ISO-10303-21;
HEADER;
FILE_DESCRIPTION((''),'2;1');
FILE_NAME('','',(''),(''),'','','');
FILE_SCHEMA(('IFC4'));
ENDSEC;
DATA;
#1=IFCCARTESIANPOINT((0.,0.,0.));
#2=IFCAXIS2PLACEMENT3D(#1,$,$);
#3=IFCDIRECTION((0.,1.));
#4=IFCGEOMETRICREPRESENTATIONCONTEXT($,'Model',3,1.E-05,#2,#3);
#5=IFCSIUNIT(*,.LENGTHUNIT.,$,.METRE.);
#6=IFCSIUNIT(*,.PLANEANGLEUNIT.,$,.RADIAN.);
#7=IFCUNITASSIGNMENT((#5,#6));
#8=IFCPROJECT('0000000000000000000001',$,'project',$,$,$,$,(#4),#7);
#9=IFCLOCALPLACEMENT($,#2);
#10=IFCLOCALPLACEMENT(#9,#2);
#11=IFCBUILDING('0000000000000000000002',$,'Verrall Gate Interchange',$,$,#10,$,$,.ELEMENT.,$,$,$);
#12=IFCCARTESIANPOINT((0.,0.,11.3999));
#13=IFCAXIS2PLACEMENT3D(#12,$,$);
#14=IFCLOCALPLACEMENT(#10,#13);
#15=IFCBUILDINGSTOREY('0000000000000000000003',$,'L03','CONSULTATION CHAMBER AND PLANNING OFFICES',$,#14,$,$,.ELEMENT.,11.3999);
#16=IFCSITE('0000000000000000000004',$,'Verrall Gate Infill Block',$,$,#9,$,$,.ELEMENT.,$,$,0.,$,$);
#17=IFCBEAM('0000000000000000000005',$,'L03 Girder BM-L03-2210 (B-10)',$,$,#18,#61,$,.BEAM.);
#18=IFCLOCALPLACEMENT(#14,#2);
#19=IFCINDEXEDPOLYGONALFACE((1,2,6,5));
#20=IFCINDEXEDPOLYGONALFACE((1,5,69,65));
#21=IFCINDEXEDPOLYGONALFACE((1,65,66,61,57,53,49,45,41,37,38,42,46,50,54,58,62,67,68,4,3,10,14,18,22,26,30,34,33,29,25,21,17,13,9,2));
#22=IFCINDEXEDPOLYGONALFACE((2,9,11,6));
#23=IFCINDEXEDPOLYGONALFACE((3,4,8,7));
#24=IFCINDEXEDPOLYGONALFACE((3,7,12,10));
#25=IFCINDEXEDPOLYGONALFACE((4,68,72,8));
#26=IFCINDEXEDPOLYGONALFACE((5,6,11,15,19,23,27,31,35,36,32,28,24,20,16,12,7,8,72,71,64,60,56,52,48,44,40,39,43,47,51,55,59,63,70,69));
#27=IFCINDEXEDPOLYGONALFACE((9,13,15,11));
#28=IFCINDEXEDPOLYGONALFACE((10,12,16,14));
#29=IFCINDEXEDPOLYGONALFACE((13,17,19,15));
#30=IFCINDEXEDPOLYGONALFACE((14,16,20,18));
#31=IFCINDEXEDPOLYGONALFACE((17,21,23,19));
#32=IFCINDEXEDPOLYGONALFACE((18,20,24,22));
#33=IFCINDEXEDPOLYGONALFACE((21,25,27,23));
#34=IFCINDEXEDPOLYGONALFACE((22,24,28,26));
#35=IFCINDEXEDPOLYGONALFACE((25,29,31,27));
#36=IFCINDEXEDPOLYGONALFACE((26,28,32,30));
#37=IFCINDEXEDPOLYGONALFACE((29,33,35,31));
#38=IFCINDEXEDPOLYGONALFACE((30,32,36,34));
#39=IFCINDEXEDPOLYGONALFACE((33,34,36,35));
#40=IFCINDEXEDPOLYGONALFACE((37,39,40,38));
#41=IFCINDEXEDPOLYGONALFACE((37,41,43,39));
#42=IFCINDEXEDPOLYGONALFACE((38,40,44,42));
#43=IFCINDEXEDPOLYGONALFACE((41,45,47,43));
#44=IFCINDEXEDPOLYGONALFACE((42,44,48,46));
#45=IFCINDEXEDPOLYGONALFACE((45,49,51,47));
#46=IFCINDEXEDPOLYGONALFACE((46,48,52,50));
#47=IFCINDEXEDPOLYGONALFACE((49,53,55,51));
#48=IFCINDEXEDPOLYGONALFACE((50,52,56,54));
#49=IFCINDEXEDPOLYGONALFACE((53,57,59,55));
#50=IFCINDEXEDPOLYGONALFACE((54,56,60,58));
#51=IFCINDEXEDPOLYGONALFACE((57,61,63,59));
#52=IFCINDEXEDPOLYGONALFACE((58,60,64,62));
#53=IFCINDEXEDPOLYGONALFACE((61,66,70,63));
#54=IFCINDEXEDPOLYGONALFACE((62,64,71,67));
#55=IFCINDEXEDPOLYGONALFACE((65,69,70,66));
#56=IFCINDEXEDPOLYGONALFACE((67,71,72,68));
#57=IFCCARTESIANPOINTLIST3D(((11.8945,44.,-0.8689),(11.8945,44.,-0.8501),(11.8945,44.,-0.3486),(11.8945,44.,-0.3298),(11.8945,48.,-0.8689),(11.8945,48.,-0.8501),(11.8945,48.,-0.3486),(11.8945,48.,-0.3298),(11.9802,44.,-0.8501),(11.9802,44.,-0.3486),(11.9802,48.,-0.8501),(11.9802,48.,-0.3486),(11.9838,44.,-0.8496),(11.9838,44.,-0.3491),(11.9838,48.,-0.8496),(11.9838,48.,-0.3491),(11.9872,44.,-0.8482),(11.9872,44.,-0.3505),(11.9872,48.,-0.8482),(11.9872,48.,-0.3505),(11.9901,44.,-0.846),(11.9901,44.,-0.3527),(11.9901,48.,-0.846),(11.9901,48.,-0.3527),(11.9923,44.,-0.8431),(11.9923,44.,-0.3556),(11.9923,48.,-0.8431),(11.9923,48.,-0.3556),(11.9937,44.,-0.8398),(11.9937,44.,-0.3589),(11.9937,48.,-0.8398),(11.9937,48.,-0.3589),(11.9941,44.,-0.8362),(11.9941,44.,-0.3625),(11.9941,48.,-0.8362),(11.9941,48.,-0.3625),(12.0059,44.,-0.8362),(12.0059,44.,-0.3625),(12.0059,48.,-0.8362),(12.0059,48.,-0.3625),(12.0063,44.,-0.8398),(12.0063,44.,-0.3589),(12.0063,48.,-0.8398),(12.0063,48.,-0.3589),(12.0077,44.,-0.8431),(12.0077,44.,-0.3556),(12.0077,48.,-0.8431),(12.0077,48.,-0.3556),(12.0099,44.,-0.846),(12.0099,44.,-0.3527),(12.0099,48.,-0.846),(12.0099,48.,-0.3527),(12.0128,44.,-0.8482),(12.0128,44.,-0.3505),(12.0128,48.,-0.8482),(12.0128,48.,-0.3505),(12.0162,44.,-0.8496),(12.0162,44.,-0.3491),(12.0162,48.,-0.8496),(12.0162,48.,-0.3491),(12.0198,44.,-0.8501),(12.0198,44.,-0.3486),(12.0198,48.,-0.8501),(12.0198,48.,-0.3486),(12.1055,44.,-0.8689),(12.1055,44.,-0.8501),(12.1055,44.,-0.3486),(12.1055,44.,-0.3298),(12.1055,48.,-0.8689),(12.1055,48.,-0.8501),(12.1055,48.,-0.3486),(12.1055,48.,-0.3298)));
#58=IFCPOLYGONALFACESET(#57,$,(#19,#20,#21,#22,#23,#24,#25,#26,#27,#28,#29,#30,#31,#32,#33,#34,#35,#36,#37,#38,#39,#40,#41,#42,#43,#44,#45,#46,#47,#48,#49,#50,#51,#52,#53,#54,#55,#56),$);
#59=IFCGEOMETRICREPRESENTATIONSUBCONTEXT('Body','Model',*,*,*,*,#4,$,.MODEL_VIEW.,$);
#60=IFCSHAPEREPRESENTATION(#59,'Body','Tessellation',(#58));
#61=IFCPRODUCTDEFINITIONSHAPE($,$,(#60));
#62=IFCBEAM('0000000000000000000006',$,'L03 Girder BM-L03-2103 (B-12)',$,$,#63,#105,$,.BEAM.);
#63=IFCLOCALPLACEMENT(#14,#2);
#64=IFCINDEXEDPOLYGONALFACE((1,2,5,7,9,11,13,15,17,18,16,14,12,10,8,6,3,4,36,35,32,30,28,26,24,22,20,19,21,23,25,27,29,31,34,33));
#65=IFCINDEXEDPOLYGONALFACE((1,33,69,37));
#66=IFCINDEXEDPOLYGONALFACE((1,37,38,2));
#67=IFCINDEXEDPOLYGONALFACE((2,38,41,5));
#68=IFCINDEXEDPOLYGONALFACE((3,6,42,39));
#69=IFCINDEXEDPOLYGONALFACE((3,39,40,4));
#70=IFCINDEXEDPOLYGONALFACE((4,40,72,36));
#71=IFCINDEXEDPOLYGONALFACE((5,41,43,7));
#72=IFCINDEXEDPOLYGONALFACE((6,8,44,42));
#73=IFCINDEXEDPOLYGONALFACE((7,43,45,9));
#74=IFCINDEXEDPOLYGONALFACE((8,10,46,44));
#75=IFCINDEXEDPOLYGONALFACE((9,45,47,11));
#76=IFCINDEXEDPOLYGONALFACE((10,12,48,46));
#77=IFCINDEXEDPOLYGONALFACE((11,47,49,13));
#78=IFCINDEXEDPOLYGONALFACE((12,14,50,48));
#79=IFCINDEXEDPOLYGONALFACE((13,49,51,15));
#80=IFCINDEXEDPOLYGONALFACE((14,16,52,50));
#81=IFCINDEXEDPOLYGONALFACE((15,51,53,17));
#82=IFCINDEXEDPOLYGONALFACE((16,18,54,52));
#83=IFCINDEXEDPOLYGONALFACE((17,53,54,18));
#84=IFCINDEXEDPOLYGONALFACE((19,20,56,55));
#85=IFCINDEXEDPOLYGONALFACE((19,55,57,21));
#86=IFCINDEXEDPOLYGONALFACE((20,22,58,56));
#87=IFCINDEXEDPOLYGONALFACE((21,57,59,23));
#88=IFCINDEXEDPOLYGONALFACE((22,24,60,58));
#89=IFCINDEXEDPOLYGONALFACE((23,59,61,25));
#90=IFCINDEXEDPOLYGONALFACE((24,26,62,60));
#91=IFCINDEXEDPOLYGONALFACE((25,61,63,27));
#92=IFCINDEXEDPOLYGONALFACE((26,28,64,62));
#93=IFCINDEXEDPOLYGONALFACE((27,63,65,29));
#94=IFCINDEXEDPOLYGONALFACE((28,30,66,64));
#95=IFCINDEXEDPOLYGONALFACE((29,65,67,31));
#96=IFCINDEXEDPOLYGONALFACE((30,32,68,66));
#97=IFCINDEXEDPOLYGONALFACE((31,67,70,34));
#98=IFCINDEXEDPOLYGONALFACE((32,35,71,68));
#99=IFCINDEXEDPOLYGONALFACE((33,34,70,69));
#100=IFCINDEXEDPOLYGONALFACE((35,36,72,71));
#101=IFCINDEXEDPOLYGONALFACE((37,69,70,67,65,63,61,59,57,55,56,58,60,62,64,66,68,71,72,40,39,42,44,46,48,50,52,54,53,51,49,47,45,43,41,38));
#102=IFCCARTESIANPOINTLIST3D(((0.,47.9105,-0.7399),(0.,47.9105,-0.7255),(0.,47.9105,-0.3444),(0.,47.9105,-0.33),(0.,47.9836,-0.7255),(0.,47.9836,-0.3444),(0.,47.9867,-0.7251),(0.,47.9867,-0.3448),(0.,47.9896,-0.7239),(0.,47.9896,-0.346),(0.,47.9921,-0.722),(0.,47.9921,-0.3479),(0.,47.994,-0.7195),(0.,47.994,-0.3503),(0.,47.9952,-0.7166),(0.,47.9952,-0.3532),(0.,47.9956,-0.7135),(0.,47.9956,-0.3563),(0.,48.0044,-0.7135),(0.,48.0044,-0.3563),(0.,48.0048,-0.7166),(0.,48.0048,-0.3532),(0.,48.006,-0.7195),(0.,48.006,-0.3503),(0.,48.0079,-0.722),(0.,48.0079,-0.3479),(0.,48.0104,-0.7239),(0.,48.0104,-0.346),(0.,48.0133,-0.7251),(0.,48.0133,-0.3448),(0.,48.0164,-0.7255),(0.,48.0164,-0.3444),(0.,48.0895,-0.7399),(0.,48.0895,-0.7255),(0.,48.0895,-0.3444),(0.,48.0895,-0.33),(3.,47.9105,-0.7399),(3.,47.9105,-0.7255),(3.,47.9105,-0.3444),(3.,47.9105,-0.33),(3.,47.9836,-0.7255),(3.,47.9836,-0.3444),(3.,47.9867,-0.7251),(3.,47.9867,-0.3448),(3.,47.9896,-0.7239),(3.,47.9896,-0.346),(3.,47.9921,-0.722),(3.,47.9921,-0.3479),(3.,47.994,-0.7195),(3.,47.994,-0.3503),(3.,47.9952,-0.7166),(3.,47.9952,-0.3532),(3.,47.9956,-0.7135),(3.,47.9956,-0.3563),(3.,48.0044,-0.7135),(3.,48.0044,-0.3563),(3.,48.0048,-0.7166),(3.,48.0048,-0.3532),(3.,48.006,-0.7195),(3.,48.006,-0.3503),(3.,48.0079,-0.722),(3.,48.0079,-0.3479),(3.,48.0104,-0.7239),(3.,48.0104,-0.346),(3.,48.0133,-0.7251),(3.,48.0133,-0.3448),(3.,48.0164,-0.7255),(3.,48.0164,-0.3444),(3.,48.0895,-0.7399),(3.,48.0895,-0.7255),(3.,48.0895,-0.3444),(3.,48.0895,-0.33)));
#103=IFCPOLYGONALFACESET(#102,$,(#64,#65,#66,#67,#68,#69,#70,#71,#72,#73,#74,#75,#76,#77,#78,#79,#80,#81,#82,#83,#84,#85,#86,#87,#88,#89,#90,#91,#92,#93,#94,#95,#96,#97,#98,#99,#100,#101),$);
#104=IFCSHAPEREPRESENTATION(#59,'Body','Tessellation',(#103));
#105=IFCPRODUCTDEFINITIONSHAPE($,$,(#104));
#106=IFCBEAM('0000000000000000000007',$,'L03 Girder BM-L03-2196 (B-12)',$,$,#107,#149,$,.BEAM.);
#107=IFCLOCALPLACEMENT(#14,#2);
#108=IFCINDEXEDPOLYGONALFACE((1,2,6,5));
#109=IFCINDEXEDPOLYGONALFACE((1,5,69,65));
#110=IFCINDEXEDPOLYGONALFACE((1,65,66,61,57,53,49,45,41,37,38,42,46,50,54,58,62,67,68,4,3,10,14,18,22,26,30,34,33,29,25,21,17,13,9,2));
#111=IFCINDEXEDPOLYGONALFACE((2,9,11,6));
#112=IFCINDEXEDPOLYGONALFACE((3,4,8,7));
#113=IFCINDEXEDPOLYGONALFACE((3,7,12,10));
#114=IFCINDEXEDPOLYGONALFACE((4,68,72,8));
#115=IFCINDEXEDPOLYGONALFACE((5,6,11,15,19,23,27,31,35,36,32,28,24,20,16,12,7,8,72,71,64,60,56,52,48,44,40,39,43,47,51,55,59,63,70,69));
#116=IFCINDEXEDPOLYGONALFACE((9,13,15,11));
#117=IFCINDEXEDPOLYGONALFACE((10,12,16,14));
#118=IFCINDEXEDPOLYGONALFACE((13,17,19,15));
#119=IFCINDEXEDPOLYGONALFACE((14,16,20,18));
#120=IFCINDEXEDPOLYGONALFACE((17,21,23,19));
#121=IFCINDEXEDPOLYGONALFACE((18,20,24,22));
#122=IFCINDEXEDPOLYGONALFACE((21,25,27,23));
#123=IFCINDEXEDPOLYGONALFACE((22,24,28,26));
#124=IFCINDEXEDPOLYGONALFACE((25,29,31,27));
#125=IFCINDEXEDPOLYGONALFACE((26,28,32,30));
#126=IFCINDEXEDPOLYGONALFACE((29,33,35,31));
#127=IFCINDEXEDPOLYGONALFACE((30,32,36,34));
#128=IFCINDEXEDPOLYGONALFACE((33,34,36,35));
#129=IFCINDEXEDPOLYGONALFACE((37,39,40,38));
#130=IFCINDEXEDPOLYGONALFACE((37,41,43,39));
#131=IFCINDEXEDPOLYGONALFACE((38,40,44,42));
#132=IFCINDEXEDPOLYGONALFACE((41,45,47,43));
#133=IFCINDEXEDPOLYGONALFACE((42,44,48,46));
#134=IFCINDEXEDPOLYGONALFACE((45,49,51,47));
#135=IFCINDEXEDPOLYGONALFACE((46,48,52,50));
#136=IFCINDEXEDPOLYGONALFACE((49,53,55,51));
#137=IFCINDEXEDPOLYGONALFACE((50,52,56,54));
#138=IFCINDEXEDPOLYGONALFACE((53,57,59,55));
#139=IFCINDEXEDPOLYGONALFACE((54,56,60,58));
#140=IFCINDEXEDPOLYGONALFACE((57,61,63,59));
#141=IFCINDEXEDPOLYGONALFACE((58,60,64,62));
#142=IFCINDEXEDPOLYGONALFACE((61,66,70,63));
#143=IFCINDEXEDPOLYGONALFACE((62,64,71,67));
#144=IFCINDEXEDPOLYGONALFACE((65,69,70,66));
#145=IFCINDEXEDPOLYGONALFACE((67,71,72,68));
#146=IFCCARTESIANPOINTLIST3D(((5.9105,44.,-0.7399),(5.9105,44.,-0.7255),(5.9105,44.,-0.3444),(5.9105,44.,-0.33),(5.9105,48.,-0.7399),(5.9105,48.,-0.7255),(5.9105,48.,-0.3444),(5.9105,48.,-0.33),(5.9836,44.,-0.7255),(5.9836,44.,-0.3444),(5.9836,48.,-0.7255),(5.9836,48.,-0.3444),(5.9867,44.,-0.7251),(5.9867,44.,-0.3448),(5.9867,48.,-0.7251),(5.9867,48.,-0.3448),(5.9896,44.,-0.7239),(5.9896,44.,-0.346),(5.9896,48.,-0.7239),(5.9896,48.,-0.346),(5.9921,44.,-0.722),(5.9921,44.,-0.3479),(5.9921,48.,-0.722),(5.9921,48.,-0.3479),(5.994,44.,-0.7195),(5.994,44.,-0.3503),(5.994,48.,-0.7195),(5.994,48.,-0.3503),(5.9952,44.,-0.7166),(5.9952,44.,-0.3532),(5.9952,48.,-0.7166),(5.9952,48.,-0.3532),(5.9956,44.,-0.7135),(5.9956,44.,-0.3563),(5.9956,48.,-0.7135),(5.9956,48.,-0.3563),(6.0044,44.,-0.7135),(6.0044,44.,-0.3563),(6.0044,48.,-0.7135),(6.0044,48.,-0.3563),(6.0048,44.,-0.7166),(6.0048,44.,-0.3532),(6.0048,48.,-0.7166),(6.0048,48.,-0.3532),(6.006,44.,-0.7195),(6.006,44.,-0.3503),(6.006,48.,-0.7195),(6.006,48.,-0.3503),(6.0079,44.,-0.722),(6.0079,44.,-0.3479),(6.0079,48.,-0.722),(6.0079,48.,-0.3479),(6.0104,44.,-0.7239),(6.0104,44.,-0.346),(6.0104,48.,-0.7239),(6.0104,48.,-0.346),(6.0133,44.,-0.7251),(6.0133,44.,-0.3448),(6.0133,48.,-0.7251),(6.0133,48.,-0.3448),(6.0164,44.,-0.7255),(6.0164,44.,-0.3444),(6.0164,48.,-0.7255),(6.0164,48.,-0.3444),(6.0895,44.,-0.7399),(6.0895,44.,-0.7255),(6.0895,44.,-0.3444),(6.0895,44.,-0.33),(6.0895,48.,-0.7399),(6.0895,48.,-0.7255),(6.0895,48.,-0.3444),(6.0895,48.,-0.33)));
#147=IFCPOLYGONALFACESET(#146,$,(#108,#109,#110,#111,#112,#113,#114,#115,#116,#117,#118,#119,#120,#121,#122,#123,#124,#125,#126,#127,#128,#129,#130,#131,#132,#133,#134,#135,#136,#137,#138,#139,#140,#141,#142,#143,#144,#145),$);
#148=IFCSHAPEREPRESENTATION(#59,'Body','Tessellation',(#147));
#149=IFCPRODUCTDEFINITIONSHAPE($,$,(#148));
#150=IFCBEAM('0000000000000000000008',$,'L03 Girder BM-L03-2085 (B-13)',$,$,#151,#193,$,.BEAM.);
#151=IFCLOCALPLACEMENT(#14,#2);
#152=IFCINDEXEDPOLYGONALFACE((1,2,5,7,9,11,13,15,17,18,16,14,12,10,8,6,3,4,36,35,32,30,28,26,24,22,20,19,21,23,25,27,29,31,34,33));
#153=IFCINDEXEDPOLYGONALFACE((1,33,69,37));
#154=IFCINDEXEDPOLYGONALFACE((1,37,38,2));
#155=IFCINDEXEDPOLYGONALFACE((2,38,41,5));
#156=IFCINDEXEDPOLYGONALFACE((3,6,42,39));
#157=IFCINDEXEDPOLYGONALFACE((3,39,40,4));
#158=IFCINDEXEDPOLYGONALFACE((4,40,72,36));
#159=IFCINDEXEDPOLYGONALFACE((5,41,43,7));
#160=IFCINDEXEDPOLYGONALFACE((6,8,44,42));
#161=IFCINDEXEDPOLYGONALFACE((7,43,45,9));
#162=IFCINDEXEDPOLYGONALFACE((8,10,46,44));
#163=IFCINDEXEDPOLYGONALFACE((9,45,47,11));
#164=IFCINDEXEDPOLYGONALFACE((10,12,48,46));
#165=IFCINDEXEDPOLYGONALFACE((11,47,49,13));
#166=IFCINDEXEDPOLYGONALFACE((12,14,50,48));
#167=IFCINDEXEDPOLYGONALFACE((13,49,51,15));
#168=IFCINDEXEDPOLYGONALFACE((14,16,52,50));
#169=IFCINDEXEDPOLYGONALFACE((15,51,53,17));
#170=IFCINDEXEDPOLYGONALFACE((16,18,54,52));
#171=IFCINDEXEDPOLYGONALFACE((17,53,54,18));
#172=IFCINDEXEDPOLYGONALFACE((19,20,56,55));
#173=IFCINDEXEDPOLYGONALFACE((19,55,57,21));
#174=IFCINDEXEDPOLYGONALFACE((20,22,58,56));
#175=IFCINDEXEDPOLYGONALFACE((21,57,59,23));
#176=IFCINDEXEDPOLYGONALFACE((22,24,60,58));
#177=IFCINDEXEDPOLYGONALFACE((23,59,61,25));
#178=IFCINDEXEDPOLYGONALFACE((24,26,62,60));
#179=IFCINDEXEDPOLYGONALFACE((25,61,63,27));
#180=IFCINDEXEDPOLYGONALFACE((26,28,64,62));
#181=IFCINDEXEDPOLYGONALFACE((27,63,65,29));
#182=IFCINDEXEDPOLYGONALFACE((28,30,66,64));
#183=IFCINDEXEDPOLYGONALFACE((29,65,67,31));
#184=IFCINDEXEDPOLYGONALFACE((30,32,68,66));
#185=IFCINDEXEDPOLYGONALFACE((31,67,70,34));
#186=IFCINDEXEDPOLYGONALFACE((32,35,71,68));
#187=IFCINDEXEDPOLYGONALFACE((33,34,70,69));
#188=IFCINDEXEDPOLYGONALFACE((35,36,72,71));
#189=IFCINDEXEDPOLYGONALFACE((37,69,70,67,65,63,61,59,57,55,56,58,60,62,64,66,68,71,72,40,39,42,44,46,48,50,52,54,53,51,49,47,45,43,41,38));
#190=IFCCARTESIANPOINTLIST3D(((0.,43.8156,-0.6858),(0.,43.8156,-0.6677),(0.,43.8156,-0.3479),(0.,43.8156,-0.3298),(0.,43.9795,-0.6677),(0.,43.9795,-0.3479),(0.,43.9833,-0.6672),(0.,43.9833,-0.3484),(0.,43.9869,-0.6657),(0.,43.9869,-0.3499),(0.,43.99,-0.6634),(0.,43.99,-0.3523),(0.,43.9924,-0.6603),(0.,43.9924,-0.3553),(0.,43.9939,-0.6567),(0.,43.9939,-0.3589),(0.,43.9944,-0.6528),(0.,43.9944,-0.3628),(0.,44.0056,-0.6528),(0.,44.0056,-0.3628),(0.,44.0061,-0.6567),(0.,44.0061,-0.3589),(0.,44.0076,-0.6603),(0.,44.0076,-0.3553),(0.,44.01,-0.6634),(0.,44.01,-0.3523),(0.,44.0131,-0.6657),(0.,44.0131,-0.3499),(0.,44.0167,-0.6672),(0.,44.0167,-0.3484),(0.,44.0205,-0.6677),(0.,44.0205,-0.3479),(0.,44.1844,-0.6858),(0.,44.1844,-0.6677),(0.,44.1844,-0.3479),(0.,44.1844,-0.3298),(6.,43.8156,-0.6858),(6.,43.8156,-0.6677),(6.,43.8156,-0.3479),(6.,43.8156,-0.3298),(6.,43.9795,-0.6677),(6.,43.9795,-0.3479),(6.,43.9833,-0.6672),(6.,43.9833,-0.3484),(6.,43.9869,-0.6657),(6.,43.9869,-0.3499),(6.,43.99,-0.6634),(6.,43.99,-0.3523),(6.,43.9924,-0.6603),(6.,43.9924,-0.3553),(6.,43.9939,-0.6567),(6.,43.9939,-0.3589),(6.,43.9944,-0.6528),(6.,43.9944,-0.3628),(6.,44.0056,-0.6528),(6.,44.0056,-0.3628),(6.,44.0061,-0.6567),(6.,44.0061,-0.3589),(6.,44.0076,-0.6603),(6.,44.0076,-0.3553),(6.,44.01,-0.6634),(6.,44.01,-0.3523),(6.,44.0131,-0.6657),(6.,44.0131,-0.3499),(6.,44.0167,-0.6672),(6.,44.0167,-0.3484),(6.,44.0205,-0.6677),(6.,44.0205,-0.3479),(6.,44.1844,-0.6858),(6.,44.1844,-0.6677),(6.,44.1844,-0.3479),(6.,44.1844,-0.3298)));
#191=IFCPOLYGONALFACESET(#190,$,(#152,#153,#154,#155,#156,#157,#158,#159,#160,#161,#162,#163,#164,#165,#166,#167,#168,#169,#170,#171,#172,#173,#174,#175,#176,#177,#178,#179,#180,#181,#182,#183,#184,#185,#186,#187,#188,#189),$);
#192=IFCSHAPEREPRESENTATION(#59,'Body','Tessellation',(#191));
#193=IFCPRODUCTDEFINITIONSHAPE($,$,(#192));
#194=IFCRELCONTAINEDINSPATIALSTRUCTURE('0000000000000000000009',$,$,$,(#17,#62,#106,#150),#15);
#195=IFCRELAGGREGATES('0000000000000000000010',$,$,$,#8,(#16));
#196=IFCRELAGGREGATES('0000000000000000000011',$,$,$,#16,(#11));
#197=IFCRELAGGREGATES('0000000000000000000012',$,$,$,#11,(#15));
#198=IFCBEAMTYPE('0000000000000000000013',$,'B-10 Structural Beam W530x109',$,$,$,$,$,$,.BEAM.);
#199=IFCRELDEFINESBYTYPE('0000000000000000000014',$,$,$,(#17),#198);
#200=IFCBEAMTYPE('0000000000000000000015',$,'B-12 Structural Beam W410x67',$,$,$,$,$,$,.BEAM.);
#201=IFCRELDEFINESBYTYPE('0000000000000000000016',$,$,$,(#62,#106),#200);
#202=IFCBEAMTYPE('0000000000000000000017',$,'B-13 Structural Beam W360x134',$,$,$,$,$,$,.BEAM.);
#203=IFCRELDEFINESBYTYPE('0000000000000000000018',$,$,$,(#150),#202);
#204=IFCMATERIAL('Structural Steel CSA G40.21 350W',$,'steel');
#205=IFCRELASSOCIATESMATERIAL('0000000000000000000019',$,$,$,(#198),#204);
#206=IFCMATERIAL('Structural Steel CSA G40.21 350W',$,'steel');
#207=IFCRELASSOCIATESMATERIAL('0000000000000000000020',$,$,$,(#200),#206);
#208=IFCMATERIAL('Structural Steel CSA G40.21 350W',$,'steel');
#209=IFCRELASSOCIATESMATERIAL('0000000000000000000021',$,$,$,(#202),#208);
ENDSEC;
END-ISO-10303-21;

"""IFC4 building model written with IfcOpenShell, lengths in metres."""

from ifc_helpers import new_model, si_unit, direction, frame, origin, origin_2d, place, context, subcontext, project, spatial, i_section, extrude, material, material_profile, profile_set, type_object, element, save


model = new_model("IFC4")

# Units and contexts
model_context = context("Model", 3, precision=1e-05, world=origin(), true_north=direction((0.0, 1.0)))
body_context = subcontext(model_context, "Body", "Model", "MODEL_VIEW")
ifc_project = project(units=[si_unit("LENGTHUNIT", "METRE"), si_unit("PLANEANGLEUNIT", "RADIAN")], contexts=[model_context])

# Site, building, storey
site_placement = place(None, origin())
site = spatial("IfcSite", under=ifc_project, at=site_placement, Name="Verrall Gate Infill Block", CompositionType="ELEMENT", RefElevation=0.0)
building_placement = place(site_placement, origin())
building = spatial("IfcBuilding", under=site, at=building_placement, Name="Verrall Gate Interchange", CompositionType="ELEMENT")
storey_placement = place(building_placement, frame((0.0, 0.0, 11.3999)))
storey = spatial("IfcBuildingStorey", under=building, at=storey_placement, Name="L03", Description="CONSULTATION CHAMBER AND PLANNING OFFICES", CompositionType="ELEMENT", Elevation=11.3999)

# Beams
ifc_material_1 = material(Name="Structural Steel CSA G40.21 350W", Category="steel")
ifc_material_profile_1 = material_profile(ifc_material_1, i_section(OverallWidth=0.2109, OverallDepth=0.5391, WebThickness=0.0117, FlangeThickness=0.0188, FilletRadius=0.0139, at=origin_2d()), Name="W530x109")
ifc_profile_set_1 = profile_set([ifc_material_profile_1], Name="Structural Steel CSA G40.21 350W")
beam_type_1 = type_object("IfcBeamType", Name="B-10 Structural Beam W530x109", PredefinedType="BEAM", material=ifc_profile_set_1)
for number, where, z_axis, x_axis, name in (
    (1, (12.0, 44.0, -0.5994), (0.0, 1.0, 0.0), (-1.0, 0.0, 0.0), "L03 Girder BM-L03-2210 (B-10)"),
):
    element("IfcBeam", number, at=place(storey_placement, frame(where, z_axis=z_axis, x_axis=x_axis)), inside=storey, type_object=beam_type_1, Name=name, PredefinedType="BEAM", context=body_context, shape_type="SweptSolid", body=[
        extrude(i_section(OverallWidth=0.2109, OverallDepth=0.5391, WebThickness=0.0117, FlangeThickness=0.0188, FilletRadius=0.0139, at=origin_2d()), origin(), (0.0, 0.0, 1.0), 4.0),
    ])
ifc_material_2 = material(Name="Structural Steel CSA G40.21 350W", Category="steel")
ifc_material_profile_2 = material_profile(ifc_material_2, i_section(OverallWidth=0.179, OverallDepth=0.4099, WebThickness=0.0088, FlangeThickness=0.0144, FilletRadius=0.012, at=origin_2d()), Name="W410x67")
ifc_profile_set_2 = profile_set([ifc_material_profile_2], Name="Structural Steel CSA G40.21 350W")
beam_type_2 = type_object("IfcBeamType", Name="B-12 Structural Beam W410x67", PredefinedType="BEAM", material=ifc_profile_set_2)
beam_1_placement = place(storey_placement, frame((0.0, 48.0, -0.5349), z_axis=(1.0, 0.0, 0.0), x_axis=(0.0, 1.0, 0.0)))
element("IfcBeam", 2, at=beam_1_placement, inside=storey, type_object=beam_type_2, Name="L03 Girder BM-L03-2103 (B-12)", PredefinedType="BEAM", context=body_context, shape_type="SweptSolid", body=[
    extrude(i_section(OverallWidth=0.179, OverallDepth=0.4099, WebThickness=0.0088, FlangeThickness=0.0144, FilletRadius=0.012, at=origin_2d()), origin(), (0.0, 0.0, 1.0), 3.0),
])
beam_2_placement = place(storey_placement, frame((6.0, 44.0, -0.5349), z_axis=(0.0, 1.0, 0.0), x_axis=(-1.0, 0.0, 0.0)))
element("IfcBeam", 3, at=beam_2_placement, inside=storey, type_object=beam_type_2, Name="L03 Girder BM-L03-2196 (B-12)", PredefinedType="BEAM", context=body_context, shape_type="SweptSolid", body=[
    extrude(i_section(OverallWidth=0.179, OverallDepth=0.4099, WebThickness=0.0088, FlangeThickness=0.0144, FilletRadius=0.012, at=origin_2d()), origin(), (0.0, 0.0, 1.0), 4.0),
])
ifc_material_3 = material(Name="Structural Steel CSA G40.21 350W", Category="steel")
ifc_material_profile_3 = material_profile(ifc_material_3, i_section(OverallWidth=0.3689, OverallDepth=0.356, WebThickness=0.0112, FlangeThickness=0.0181, FilletRadius=0.0149, at=origin_2d()), Name="W360x134")
ifc_profile_set_3 = profile_set([ifc_material_profile_3], Name="Structural Steel CSA G40.21 350W")
beam_type_3 = type_object("IfcBeamType", Name="B-13 Structural Beam W360x134", PredefinedType="BEAM", material=ifc_profile_set_3)
for number, where, z_axis, x_axis, name in (
    (4, (0.0, 44.0, -0.5078), (1.0, 0.0, 0.0), (0.0, 1.0, 0.0), "L03 Girder BM-L03-2085 (B-13)"),
):
    element("IfcBeam", number, at=place(storey_placement, frame(where, z_axis=z_axis, x_axis=x_axis)), inside=storey, type_object=beam_type_3, Name=name, PredefinedType="BEAM", context=body_context, shape_type="SweptSolid", body=[
        extrude(i_section(OverallWidth=0.3689, OverallDepth=0.356, WebThickness=0.0112, FlangeThickness=0.0181, FilletRadius=0.0149, at=origin_2d()), origin(), (0.0, 0.0, 1.0), 6.0),
    ])

save(model, "model.ifc")
